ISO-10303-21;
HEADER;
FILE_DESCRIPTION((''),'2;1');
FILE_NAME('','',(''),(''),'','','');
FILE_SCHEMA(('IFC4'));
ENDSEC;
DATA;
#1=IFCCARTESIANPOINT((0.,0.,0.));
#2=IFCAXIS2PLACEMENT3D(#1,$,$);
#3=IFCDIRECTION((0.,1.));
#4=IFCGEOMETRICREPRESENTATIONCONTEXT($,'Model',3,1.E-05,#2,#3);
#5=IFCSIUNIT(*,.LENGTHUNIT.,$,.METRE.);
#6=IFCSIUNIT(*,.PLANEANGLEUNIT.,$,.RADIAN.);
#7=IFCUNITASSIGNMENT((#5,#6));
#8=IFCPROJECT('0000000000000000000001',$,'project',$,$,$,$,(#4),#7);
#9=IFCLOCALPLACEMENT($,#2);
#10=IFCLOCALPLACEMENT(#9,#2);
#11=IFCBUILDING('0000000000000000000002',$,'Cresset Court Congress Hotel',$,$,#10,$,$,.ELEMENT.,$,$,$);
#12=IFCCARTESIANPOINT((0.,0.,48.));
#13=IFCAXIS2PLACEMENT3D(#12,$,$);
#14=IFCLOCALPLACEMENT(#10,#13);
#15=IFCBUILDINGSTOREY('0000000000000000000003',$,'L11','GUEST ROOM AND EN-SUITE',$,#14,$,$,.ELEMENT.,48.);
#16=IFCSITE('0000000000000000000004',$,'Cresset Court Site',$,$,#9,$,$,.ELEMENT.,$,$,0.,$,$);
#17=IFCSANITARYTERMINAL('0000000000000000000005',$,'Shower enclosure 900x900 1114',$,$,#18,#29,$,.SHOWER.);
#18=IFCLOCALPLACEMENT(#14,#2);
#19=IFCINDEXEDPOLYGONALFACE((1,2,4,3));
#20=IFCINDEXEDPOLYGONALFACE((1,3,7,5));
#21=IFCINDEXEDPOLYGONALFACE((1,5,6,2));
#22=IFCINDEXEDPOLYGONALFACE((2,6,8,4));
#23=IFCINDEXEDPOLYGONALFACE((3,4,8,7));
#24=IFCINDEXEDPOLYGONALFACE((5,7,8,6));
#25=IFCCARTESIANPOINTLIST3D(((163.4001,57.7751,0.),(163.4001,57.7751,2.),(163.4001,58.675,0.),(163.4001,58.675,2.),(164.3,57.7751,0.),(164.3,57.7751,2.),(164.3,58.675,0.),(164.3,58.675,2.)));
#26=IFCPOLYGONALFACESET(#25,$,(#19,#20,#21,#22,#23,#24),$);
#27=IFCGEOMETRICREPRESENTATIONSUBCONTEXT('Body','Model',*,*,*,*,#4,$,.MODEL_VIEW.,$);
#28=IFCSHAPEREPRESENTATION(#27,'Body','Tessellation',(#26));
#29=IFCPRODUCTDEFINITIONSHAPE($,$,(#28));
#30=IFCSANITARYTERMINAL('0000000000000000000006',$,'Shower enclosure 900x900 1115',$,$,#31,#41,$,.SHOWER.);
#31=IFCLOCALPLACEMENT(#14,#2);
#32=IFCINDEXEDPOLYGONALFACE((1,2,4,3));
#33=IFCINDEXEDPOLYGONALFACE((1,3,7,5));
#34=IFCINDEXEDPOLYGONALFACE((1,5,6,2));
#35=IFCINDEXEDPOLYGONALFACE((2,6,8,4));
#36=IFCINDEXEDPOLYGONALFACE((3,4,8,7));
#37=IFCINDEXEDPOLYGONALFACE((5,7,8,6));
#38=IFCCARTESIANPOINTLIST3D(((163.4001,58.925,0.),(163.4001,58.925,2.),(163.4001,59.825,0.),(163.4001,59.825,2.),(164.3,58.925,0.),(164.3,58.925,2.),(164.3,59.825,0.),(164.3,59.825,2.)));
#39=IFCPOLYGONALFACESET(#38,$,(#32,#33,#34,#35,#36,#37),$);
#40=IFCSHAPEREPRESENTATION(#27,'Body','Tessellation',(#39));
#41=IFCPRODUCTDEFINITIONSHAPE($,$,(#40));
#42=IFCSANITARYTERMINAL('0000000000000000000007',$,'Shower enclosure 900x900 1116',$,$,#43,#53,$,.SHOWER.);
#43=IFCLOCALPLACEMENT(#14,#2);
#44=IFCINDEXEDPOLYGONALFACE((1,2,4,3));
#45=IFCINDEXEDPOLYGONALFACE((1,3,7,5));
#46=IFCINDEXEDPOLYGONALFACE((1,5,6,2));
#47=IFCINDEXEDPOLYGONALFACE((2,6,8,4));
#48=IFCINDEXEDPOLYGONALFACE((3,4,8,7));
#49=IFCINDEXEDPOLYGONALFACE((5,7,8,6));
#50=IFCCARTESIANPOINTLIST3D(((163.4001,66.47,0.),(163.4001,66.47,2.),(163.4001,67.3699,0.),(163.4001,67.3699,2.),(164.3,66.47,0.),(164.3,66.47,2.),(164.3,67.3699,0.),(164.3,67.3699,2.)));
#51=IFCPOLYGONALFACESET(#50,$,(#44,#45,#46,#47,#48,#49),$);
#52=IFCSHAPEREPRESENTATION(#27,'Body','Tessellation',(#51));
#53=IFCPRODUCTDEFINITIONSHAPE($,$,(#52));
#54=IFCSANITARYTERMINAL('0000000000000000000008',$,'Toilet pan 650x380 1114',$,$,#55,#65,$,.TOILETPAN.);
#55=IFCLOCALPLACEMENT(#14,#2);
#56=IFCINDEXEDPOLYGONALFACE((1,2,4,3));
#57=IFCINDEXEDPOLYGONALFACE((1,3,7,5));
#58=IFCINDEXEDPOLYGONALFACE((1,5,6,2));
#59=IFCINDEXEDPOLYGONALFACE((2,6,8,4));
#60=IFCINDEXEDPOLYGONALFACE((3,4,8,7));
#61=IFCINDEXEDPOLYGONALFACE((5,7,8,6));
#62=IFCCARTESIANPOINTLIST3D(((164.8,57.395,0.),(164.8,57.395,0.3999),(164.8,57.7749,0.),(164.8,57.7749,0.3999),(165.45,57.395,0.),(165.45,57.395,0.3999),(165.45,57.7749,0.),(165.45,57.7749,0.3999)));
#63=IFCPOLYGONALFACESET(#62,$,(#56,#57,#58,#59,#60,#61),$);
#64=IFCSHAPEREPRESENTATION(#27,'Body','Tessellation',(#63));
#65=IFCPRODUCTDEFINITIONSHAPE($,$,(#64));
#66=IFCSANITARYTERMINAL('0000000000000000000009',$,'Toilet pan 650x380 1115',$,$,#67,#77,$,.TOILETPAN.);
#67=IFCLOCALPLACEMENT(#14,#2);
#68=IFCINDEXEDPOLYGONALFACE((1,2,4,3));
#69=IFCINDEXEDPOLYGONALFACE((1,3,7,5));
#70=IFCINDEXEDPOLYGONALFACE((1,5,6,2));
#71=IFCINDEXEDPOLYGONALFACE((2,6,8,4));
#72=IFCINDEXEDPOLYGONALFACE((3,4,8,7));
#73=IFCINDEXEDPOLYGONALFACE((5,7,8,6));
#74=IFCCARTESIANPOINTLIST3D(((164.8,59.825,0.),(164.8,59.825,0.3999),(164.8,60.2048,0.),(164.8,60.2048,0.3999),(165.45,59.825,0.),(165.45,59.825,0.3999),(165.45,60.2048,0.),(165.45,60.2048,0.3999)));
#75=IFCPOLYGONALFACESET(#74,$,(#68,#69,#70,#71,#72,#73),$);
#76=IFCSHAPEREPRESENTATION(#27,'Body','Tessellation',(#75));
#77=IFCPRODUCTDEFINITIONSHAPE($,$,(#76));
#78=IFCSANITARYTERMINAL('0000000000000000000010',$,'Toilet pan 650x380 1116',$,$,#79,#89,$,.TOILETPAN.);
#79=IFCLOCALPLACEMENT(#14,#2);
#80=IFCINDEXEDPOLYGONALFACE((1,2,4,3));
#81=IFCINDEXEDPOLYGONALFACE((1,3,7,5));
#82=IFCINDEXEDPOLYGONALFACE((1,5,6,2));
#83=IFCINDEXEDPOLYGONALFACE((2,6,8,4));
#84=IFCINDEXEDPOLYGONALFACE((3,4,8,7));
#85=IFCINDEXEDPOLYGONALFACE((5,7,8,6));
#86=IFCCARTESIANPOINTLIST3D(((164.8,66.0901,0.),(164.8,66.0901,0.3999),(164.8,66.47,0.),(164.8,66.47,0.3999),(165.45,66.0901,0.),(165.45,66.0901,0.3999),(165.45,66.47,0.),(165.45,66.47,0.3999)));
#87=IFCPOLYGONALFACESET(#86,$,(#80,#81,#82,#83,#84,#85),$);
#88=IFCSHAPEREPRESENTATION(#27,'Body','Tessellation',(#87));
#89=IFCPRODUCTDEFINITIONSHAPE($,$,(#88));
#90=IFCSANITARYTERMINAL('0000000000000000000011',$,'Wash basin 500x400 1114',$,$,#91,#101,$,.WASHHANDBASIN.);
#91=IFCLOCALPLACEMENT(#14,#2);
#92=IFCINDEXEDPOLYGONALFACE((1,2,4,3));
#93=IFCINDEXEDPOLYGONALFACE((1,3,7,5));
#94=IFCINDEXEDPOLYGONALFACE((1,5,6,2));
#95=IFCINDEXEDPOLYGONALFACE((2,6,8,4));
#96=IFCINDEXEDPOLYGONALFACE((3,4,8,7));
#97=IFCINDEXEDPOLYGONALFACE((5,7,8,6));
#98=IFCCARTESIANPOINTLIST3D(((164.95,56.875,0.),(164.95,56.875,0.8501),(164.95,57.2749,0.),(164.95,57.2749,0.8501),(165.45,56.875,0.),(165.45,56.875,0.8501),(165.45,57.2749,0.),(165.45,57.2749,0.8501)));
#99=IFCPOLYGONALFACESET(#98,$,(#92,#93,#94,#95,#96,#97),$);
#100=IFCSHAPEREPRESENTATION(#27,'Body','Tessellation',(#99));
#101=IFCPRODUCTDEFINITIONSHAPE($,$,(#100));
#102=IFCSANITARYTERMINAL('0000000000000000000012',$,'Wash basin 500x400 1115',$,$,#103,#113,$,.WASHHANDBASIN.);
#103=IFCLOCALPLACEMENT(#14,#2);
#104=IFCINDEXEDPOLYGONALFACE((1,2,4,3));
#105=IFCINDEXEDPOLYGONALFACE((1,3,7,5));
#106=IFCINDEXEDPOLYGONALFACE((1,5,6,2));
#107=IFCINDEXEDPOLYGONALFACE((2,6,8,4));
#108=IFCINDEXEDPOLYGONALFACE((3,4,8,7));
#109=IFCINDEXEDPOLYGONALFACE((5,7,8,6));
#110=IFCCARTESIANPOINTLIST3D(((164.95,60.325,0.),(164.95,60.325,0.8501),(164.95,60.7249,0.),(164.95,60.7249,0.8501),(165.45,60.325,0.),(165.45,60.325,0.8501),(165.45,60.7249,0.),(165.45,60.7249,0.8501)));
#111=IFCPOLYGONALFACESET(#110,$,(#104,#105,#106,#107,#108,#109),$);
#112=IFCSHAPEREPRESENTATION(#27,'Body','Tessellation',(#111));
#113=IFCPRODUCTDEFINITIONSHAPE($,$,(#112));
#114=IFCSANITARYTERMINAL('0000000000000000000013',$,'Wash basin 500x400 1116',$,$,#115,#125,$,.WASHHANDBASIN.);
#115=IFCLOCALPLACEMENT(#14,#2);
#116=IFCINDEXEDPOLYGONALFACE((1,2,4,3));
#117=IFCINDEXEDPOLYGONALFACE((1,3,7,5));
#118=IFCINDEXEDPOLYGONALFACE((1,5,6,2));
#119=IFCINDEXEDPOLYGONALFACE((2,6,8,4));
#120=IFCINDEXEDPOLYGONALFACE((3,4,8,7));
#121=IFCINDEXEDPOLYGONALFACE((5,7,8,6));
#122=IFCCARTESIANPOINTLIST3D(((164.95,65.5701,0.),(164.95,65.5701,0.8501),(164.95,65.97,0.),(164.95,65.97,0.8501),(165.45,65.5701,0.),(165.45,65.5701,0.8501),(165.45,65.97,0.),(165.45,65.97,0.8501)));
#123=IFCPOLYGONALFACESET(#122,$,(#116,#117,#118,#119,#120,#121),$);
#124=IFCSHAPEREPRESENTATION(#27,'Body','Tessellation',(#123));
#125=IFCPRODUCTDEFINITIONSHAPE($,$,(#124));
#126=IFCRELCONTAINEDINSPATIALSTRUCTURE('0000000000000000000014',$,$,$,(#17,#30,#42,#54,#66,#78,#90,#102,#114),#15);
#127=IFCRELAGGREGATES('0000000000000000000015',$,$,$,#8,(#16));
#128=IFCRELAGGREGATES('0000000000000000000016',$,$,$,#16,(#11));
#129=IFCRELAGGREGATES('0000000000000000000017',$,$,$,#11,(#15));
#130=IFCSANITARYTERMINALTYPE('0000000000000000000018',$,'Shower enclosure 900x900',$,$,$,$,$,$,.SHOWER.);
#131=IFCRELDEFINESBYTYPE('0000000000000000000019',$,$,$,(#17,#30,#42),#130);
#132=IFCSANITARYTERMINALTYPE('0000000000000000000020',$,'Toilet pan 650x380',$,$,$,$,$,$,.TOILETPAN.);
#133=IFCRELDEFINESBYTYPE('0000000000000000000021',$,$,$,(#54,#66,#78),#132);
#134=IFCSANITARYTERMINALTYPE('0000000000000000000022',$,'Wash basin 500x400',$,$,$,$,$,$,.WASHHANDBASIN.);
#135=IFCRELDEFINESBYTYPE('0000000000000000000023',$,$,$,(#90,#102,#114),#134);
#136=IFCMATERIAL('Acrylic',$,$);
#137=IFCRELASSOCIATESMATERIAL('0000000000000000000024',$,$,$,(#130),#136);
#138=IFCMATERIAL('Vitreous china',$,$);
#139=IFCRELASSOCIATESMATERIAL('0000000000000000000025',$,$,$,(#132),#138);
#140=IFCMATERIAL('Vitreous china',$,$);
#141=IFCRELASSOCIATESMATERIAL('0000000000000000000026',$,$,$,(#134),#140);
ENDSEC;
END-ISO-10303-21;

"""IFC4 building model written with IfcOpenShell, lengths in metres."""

from ifc_helpers import new_model, si_unit, direction, frame, origin, origin_2d, place, context, subcontext, project, spatial, rectangle, extrude, material, type_object, element, save


model = new_model("IFC4")

# Units and contexts
model_context = context("Model", 3, precision=1e-05, world=origin(), true_north=direction((0.0, 1.0)))
body_context = subcontext(model_context, "Body", "Model", "MODEL_VIEW")
ifc_project = project(units=[si_unit("LENGTHUNIT", "METRE"), si_unit("PLANEANGLEUNIT", "RADIAN")], contexts=[model_context])

# Site, building, storey
site_placement = place(None, origin())
site = spatial("IfcSite", under=ifc_project, at=site_placement, Name="Cresset Court Site", CompositionType="ELEMENT", RefElevation=0.0)
building_placement = place(site_placement, origin())
building = spatial("IfcBuilding", under=site, at=building_placement, Name="Cresset Court Congress Hotel", CompositionType="ELEMENT")
storey_placement = place(building_placement, frame((0.0, 0.0, 48.0)))
storey = spatial("IfcBuildingStorey", under=building, at=storey_placement, Name="L11", Description="GUEST ROOM AND EN-SUITE", CompositionType="ELEMENT", Elevation=48.0)

# Sanitary terminals
ifc_material_1 = material(Name="Acrylic")
sanitary_terminal_type_1 = type_object("IfcSanitaryTerminalType", Name="Shower enclosure 900x900", PredefinedType="SHOWER", material=ifc_material_1)
for number, where, z_axis, x_axis, name in (
    (1, (163.8501, 58.2251, 0.0), (0.0, 0.0, 1.0), (1.0, 0.0, 0.0), "Shower enclosure 900x900 1114"),
    (2, (163.8501, 59.375, 0.0), (0.0, 0.0, 1.0), (1.0, 0.0, 0.0), "Shower enclosure 900x900 1115"),
    (3, (163.8501, 66.9199, 0.0), (0.0, 0.0, 1.0), (1.0, 0.0, 0.0), "Shower enclosure 900x900 1116"),
):
    element("IfcSanitaryTerminal", number, at=place(storey_placement, frame(where, z_axis=z_axis, x_axis=x_axis)), inside=storey, type_object=sanitary_terminal_type_1, Name=name, PredefinedType="SHOWER", context=body_context, shape_type="SweptSolid", body=[
        extrude(rectangle(XDim=0.8999, YDim=0.8999, at=origin_2d()), origin(), (0.0, 0.0, 1.0), 2.0),
    ])
ifc_material_2 = material(Name="Vitreous china")
sanitary_terminal_type_2 = type_object("IfcSanitaryTerminalType", Name="Toilet pan 650x380", PredefinedType="TOILETPAN", material=ifc_material_2)
for number, where, z_axis, x_axis, name in (
    (4, (165.125, 57.585, 0.0), (0.0, 0.0, 1.0), (1.0, 0.0, 0.0), "Toilet pan 650x380 1114"),
    (5, (165.125, 60.0149, 0.0), (0.0, 0.0, 1.0), (1.0, 0.0, 0.0), "Toilet pan 650x380 1115"),
    (6, (165.125, 66.28, 0.0), (0.0, 0.0, 1.0), (1.0, 0.0, 0.0), "Toilet pan 650x380 1116"),
):
    element("IfcSanitaryTerminal", number, at=place(storey_placement, frame(where, z_axis=z_axis, x_axis=x_axis)), inside=storey, type_object=sanitary_terminal_type_2, Name=name, PredefinedType="TOILETPAN", context=body_context, shape_type="SweptSolid", body=[
        extrude(rectangle(XDim=0.6499, YDim=0.3799, at=origin_2d()), origin(), (0.0, 0.0, 1.0), 0.3999),
    ])
ifc_material_3 = material(Name="Vitreous china")
sanitary_terminal_type_3 = type_object("IfcSanitaryTerminalType", Name="Wash basin 500x400", PredefinedType="WASHHANDBASIN", material=ifc_material_3)
for number, where, z_axis, x_axis, name in (
    (7, (165.2, 57.075, 0.0), (0.0, 0.0, 1.0), (1.0, 0.0, 0.0), "Wash basin 500x400 1114"),
    (8, (165.2, 60.5249, 0.0), (0.0, 0.0, 1.0), (1.0, 0.0, 0.0), "Wash basin 500x400 1115"),
    (9, (165.2, 65.77, 0.0), (0.0, 0.0, 1.0), (1.0, 0.0, 0.0), "Wash basin 500x400 1116"),
):
    element("IfcSanitaryTerminal", number, at=place(storey_placement, frame(where, z_axis=z_axis, x_axis=x_axis)), inside=storey, type_object=sanitary_terminal_type_3, Name=name, PredefinedType="WASHHANDBASIN", context=body_context, shape_type="SweptSolid", body=[
        extrude(rectangle(XDim=0.5, YDim=0.3999, at=origin_2d()), origin(), (0.0, 0.0, 1.0), 0.8501),
    ])

save(model, "model.ifc")
